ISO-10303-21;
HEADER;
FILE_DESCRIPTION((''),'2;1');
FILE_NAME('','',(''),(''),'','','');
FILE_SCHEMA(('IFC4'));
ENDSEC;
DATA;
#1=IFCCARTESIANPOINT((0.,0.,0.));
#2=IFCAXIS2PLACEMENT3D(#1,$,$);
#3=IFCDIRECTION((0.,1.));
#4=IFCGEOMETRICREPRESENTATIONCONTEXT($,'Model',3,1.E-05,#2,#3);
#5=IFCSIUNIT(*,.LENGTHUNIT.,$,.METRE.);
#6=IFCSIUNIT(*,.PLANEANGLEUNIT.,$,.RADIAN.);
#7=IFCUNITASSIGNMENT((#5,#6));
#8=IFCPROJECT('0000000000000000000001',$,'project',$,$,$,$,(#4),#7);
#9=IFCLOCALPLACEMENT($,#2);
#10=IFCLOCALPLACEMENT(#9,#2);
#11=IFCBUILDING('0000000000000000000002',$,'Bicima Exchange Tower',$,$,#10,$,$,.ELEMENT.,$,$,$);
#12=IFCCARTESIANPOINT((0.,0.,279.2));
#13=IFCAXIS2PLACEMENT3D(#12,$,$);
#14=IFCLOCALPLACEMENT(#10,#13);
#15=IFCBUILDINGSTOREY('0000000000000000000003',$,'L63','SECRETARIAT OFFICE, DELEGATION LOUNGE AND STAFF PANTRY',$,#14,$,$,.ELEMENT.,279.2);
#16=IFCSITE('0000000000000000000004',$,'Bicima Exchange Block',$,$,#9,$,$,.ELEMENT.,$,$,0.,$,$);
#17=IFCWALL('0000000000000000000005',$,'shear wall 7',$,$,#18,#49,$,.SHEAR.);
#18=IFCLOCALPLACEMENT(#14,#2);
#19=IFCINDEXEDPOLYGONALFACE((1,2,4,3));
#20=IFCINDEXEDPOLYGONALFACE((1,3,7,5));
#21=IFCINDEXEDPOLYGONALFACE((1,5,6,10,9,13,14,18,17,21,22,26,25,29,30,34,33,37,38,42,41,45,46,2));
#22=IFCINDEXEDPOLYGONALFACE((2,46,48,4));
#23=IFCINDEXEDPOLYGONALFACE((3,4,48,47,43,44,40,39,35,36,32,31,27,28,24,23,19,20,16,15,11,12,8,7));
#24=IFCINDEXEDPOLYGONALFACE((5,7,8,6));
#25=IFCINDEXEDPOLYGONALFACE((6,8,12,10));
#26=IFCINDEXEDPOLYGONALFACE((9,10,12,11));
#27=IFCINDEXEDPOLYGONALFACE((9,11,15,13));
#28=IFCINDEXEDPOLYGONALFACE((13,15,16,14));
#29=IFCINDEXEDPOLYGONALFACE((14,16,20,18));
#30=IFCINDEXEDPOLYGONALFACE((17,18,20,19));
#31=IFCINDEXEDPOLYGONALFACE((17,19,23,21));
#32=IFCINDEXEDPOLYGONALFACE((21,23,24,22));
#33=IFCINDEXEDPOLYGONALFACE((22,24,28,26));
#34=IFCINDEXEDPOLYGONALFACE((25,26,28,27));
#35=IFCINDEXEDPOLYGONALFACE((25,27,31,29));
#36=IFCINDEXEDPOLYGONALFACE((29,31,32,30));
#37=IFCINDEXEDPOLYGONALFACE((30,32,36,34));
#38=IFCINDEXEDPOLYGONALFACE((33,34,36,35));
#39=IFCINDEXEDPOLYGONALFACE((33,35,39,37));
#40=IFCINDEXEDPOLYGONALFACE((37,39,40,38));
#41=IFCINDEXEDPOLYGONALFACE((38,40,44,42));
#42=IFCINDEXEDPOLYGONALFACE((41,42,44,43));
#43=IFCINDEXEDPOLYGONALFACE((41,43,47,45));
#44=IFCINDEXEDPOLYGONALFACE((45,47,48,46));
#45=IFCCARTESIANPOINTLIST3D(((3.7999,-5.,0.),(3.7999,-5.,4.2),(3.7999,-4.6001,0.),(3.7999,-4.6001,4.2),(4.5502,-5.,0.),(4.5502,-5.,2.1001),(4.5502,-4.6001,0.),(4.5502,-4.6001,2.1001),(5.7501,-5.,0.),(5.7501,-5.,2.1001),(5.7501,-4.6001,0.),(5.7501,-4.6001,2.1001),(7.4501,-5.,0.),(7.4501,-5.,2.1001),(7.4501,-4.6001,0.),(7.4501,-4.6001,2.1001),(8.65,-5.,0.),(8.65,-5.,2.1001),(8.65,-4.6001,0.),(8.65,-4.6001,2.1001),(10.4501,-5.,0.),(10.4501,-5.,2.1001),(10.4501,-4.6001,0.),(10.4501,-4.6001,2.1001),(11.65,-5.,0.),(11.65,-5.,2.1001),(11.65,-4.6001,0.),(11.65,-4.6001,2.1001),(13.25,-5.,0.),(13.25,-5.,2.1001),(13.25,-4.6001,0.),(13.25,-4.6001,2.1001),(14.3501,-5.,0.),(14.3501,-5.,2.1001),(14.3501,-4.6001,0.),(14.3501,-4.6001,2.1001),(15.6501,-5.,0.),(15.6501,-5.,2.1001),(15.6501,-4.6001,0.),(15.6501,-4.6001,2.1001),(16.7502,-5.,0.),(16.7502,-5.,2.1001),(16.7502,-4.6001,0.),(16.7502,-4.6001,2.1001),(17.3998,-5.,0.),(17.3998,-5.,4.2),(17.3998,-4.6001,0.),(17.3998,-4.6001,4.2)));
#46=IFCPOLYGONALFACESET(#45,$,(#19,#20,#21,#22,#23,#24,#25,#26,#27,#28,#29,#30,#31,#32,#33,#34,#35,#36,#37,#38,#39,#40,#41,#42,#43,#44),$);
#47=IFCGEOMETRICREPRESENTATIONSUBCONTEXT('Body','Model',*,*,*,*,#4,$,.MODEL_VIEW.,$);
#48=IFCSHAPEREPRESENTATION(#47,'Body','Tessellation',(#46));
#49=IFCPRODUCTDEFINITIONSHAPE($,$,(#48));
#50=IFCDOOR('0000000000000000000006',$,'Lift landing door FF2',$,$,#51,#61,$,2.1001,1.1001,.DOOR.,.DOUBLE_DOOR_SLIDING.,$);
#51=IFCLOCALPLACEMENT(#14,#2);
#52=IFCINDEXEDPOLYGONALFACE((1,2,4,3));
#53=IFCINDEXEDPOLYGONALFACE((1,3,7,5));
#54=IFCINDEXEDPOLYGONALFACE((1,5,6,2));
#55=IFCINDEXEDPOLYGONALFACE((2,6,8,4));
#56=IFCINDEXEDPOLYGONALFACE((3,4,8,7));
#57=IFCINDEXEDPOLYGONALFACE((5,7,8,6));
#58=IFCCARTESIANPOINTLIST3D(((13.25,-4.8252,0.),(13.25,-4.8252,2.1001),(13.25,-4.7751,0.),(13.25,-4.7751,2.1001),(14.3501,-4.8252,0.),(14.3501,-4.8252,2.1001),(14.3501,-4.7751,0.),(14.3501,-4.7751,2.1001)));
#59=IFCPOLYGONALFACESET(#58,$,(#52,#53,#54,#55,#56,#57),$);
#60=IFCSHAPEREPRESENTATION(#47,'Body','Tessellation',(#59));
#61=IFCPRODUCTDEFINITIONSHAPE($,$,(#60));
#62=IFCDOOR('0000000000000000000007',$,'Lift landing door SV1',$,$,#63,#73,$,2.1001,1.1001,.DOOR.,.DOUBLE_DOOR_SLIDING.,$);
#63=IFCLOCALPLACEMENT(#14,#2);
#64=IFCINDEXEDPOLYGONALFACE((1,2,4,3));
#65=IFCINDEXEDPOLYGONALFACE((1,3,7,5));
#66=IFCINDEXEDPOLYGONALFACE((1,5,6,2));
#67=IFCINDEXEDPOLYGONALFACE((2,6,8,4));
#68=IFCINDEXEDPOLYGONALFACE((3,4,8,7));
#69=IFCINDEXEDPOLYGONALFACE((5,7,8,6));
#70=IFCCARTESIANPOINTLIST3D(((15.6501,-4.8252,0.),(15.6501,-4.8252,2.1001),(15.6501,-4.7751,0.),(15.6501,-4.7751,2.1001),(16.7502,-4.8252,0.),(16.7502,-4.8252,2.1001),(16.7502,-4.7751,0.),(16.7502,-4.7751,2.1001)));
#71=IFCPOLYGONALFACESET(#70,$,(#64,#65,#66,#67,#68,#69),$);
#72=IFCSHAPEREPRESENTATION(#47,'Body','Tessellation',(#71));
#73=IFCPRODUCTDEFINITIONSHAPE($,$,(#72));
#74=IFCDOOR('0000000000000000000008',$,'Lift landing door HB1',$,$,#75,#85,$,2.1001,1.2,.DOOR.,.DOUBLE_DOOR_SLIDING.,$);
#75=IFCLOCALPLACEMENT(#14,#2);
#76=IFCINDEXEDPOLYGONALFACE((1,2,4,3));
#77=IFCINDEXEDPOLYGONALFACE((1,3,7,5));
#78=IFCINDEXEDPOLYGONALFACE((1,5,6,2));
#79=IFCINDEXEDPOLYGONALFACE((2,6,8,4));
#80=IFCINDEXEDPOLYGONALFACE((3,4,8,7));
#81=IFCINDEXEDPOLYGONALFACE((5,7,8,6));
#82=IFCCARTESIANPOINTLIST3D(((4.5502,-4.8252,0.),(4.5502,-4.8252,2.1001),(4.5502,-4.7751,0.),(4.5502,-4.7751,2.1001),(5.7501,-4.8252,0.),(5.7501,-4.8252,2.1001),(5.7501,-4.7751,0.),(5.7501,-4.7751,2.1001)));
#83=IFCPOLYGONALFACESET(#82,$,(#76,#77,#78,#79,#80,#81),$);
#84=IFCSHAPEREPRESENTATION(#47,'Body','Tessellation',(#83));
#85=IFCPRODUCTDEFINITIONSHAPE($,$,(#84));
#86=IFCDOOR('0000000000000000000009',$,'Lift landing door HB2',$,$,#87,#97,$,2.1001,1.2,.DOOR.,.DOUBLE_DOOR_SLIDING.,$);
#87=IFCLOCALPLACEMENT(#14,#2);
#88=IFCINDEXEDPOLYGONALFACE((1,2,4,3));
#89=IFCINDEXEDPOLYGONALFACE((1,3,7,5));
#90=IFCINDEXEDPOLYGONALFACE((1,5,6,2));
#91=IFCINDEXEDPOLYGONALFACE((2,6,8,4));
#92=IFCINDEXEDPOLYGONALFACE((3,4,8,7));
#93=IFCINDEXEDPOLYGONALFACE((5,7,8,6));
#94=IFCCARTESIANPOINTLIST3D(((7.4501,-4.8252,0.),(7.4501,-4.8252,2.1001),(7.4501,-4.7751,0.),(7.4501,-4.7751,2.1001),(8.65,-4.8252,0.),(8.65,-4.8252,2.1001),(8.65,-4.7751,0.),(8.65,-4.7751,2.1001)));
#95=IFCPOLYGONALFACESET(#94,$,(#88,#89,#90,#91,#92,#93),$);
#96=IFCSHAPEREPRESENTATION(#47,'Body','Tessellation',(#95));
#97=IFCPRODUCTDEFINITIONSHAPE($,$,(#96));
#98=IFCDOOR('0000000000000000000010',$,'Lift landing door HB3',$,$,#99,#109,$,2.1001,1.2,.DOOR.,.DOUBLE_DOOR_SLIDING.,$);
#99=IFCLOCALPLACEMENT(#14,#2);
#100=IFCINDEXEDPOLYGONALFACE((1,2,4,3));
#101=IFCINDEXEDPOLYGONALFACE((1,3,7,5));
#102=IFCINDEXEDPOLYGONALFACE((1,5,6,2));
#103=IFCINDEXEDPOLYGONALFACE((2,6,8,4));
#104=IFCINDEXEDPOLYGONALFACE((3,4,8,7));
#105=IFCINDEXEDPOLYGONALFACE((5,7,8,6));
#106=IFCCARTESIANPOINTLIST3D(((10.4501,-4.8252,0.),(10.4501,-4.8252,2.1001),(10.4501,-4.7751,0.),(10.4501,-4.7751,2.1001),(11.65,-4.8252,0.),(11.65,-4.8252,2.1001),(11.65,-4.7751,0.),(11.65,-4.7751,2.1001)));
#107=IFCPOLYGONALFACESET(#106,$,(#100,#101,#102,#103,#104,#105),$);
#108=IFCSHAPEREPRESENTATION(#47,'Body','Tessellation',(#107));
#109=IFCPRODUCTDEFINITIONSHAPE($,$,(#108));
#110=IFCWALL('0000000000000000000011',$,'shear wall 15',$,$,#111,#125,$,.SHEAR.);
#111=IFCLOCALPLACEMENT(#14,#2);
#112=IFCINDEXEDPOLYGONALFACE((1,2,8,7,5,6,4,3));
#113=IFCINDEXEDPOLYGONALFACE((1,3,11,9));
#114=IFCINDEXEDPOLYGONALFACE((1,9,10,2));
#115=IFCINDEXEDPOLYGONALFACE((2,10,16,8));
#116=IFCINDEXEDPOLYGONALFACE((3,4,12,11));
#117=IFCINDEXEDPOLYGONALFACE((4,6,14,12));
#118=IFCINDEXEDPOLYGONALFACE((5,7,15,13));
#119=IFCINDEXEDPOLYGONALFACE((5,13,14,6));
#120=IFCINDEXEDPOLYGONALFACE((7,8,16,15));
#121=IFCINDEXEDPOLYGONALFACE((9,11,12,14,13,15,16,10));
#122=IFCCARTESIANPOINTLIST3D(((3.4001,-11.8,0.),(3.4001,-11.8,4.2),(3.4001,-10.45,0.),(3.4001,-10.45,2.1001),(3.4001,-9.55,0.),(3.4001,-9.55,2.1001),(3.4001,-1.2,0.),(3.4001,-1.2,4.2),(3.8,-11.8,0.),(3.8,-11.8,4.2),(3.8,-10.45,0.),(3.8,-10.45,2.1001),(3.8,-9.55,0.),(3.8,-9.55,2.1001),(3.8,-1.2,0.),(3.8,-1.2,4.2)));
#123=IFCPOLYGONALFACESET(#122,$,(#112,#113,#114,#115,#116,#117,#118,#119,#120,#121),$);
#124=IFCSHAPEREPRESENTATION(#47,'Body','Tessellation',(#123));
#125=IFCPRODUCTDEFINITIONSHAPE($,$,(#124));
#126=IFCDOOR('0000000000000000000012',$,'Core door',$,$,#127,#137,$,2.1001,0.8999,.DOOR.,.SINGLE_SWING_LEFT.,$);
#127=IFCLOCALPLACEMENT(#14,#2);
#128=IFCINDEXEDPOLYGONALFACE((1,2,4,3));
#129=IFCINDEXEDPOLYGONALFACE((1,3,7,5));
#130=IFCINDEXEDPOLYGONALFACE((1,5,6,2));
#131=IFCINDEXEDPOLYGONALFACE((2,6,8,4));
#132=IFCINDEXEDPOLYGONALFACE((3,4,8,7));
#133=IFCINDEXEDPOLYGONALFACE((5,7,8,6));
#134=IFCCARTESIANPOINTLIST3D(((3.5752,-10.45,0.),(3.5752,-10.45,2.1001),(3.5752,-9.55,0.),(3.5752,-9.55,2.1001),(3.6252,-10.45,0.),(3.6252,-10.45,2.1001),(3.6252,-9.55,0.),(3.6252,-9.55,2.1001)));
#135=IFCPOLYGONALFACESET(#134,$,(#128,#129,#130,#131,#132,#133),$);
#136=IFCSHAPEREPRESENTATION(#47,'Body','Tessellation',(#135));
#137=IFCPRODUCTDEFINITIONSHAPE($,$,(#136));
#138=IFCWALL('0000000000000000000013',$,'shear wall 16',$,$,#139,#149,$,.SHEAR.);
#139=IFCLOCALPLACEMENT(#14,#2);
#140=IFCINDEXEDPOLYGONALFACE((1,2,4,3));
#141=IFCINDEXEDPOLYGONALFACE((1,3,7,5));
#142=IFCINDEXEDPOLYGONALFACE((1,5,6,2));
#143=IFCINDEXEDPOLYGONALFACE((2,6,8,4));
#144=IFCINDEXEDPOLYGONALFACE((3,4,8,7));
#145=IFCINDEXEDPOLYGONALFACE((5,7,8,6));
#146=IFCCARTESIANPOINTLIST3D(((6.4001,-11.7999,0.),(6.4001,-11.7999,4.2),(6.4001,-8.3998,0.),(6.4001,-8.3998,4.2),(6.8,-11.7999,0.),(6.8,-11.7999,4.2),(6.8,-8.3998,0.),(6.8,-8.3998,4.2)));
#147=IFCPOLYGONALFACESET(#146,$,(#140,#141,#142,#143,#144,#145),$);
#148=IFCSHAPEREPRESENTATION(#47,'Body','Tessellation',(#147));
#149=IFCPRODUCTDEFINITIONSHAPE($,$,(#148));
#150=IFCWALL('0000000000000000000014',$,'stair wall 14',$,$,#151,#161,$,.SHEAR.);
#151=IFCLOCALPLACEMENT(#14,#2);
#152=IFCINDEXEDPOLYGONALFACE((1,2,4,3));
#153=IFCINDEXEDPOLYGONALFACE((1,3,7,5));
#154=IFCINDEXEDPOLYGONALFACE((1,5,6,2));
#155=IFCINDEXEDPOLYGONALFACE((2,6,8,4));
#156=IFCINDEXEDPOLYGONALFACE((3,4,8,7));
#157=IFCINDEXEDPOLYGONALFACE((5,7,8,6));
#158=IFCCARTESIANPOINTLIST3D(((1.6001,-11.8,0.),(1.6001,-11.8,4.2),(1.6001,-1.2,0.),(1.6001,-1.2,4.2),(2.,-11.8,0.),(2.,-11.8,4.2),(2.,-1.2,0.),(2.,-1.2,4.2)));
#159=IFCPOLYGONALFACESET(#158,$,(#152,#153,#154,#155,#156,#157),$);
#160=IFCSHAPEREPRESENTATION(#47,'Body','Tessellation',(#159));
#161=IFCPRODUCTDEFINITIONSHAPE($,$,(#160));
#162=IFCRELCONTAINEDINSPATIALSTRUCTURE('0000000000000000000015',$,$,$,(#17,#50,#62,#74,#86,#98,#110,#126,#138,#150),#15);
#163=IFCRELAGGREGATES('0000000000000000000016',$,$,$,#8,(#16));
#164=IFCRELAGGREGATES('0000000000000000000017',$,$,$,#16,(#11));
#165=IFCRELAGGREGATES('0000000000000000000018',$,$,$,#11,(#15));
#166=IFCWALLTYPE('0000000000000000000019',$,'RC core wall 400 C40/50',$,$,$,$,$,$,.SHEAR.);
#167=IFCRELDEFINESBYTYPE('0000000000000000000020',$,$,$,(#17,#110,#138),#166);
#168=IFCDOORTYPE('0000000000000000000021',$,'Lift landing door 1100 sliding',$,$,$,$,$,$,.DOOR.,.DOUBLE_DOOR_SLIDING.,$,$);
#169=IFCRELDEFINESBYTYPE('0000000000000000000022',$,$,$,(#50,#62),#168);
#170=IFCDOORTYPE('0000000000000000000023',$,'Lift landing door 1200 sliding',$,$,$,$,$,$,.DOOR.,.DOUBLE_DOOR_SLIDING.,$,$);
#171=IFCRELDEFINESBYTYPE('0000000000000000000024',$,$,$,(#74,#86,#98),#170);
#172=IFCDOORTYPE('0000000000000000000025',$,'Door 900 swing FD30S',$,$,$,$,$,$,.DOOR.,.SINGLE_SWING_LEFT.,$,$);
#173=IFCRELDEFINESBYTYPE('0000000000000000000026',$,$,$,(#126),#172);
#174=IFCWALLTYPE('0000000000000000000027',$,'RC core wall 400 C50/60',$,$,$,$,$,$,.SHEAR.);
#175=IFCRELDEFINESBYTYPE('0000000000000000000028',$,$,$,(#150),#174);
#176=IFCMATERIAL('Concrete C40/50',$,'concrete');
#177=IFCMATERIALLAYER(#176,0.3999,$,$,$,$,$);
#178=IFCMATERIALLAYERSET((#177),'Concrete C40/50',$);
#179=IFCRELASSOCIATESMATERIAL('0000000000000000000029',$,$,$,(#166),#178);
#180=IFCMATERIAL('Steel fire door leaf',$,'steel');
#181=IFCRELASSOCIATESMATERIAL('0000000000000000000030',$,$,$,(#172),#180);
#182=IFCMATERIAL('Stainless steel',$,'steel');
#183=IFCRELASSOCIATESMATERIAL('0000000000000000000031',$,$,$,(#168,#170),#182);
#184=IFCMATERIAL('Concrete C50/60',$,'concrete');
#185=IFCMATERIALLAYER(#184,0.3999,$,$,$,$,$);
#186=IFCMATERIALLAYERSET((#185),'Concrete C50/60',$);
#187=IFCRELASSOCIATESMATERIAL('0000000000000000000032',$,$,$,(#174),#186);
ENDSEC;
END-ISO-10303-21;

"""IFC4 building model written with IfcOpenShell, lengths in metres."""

from ifc_helpers import new_model, si_unit, direction, frame, frame_2d, origin, place, context, subcontext, project, spatial, rectangle, extrude, material, layer, layer_set, type_object, element, fill, save


model = new_model("IFC4")

# Units and contexts
model_context = context("Model", 3, precision=1e-05, world=origin(), true_north=direction((0.0, 1.0)))
body_context = subcontext(model_context, "Body", "Model", "MODEL_VIEW")
ifc_project = project(units=[si_unit("LENGTHUNIT", "METRE"), si_unit("PLANEANGLEUNIT", "RADIAN")], contexts=[model_context])

# Site, building, storey
site_placement = place(None, origin())
site = spatial("IfcSite", under=ifc_project, at=site_placement, Name="Bicima Exchange Block", CompositionType="ELEMENT", RefElevation=0.0)
building_placement = place(site_placement, origin())
building = spatial("IfcBuilding", under=site, at=building_placement, Name="Bicima Exchange Tower", CompositionType="ELEMENT")
storey_placement = place(building_placement, frame((0.0, 0.0, 279.2)))
storey = spatial("IfcBuildingStorey", under=building, at=storey_placement, Name="L63", Description="SECRETARIAT OFFICE, DELEGATION LOUNGE AND STAFF PANTRY", CompositionType="ELEMENT", Elevation=279.2)

# Shared definitions
ifc_material_1 = material(Name="Concrete C50/60", Category="concrete")

# Shared definitions
ifc_material_2 = material(Name="Concrete C40/50", Category="concrete")
ifc_layer_1 = layer(ifc_material_2, 0.3999)
ifc_layer_set_1 = layer_set([ifc_layer_1], Name="Concrete C40/50")
wall_type_1 = type_object("IfcWallType", Name="RC core wall 400 C40/50", PredefinedType="SHEAR", material=ifc_layer_set_1)
ifc_material_3 = material(Name="Steel fire door leaf", Category="steel")
door_type_1 = type_object("IfcDoorType", Name="Door 900 swing FD30S", OperationType="SINGLE_SWING_LEFT", PredefinedType="DOOR", material=ifc_material_3)

# Wall, openings, doors
wall_1_placement = place(storey_placement, frame((3.8, -4.8, 0.0), z_axis=(0.0, 0.0, 1.0), x_axis=(1.0, 0.0, 0.0)))
wall_1 = element("IfcWall", 1, at=wall_1_placement, inside=storey, type_object=wall_type_1, Name="shear wall 7", PredefinedType="SHEAR", context=body_context, shape_type="SweptSolid", body=[
    extrude(rectangle(XDim=13.5999, YDim=0.3999, at=frame_2d((6.7998, 0.0))), origin(), (0.0, 0.0, 1.0), 4.2),
])
opening_1_placement = place(wall_1_placement, frame((0.75, 0.0, 0.0)))
opening_1 = element("IfcOpeningElement", 2, at=opening_1_placement, cuts=wall_1, PredefinedType="OPENING", context=body_context, shape_type="SweptSolid", body=[
    extrude(rectangle(XDim=1.2, YDim=2.1001, at=frame_2d((0.6001, 1.05))), frame((0.0, 0.2119, 0.0), z_axis=(0.0, -1.0, 0.0), x_axis=(1.0, 0.0, 0.0)), (0.0, 0.0, 1.0), 0.4238),
])
opening_2_placement = place(wall_1_placement, frame((3.6499, 0.0, 0.0)))
opening_2 = element("IfcOpeningElement", 3, at=opening_2_placement, cuts=wall_1, PredefinedType="OPENING", context=body_context, shape_type="SweptSolid", body=[
    extrude(rectangle(XDim=1.2, YDim=2.1001, at=frame_2d((0.6001, 1.05))), frame((0.0, 0.2119, 0.0), z_axis=(0.0, -1.0, 0.0), x_axis=(1.0, 0.0, 0.0)), (0.0, 0.0, 1.0), 0.4238),
])
opening_3_placement = place(wall_1_placement, frame((6.6499, 0.0, 0.0)))
opening_3 = element("IfcOpeningElement", 4, at=opening_3_placement, cuts=wall_1, PredefinedType="OPENING", context=body_context, shape_type="SweptSolid", body=[
    extrude(rectangle(XDim=1.2, YDim=2.1001, at=frame_2d((0.6001, 1.05))), frame((0.0, 0.2119, 0.0), z_axis=(0.0, -1.0, 0.0), x_axis=(1.0, 0.0, 0.0)), (0.0, 0.0, 1.0), 0.4238),
])
opening_4_placement = place(wall_1_placement, frame((9.45, 0.0, 0.0)))
opening_4 = element("IfcOpeningElement", 5, at=opening_4_placement, cuts=wall_1, PredefinedType="OPENING", context=body_context, shape_type="SweptSolid", body=[
    extrude(rectangle(XDim=1.1001, YDim=2.1001, at=frame_2d((0.55, 1.05))), frame((0.0, 0.2119, 0.0), z_axis=(0.0, -1.0, 0.0), x_axis=(1.0, 0.0, 0.0)), (0.0, 0.0, 1.0), 0.4238),
])
opening_5_placement = place(wall_1_placement, frame((11.8501, 0.0, 0.0)))
opening_5 = element("IfcOpeningElement", 6, at=opening_5_placement, cuts=wall_1, PredefinedType="OPENING", context=body_context, shape_type="SweptSolid", body=[
    extrude(rectangle(XDim=1.1001, YDim=2.1001, at=frame_2d((0.55, 1.05))), frame((0.0, 0.2119, 0.0), z_axis=(0.0, -1.0, 0.0), x_axis=(1.0, 0.0, 0.0)), (0.0, 0.0, 1.0), 0.4238),
])
ifc_material_4 = material(Name="Stainless steel", Category="steel")
door_type_2 = type_object("IfcDoorType", Name="Lift landing door 1100 sliding", OperationType="DOUBLE_DOOR_SLIDING", PredefinedType="DOOR", material=ifc_material_4)
door_1_placement = place(opening_4_placement, origin())
door_1 = element("IfcDoor", 7, at=door_1_placement, inside=storey, type_object=door_type_2, Name="Lift landing door FF2", OperationType="DOUBLE_DOOR_SLIDING", OverallHeight=2.1001, OverallWidth=1.1001, PredefinedType="DOOR", context=body_context, shape_type="SweptSolid", body=[
    extrude(rectangle(XDim=1.1001, YDim=2.1001, at=frame_2d((0.55, 1.05))), frame((0.0, 0.0249, 0.0), z_axis=(0.0, -1.0, 0.0), x_axis=(1.0, 0.0, 0.0)), (0.0, 0.0, 1.0), 0.05),
])
fill(opening_4, door_1)
door_2_placement = place(opening_5_placement, origin())
door_2 = element("IfcDoor", 8, at=door_2_placement, inside=storey, type_object=door_type_2, Name="Lift landing door SV1", OperationType="DOUBLE_DOOR_SLIDING", OverallHeight=2.1001, OverallWidth=1.1001, PredefinedType="DOOR", context=body_context, shape_type="SweptSolid", body=[
    extrude(rectangle(XDim=1.1001, YDim=2.1001, at=frame_2d((0.55, 1.05))), frame((0.0, 0.0249, 0.0), z_axis=(0.0, -1.0, 0.0), x_axis=(1.0, 0.0, 0.0)), (0.0, 0.0, 1.0), 0.05),
])
fill(opening_5, door_2)
door_type_3 = type_object("IfcDoorType", Name="Lift landing door 1200 sliding", OperationType="DOUBLE_DOOR_SLIDING", PredefinedType="DOOR", material=ifc_material_4)
door_3_placement = place(opening_1_placement, origin())
door_3 = element("IfcDoor", 9, at=door_3_placement, inside=storey, type_object=door_type_3, Name="Lift landing door HB1", OperationType="DOUBLE_DOOR_SLIDING", OverallHeight=2.1001, OverallWidth=1.2, PredefinedType="DOOR", context=body_context, shape_type="SweptSolid", body=[
    extrude(rectangle(XDim=1.2, YDim=2.1001, at=frame_2d((0.6001, 1.05))), frame((0.0, 0.0249, 0.0), z_axis=(0.0, -1.0, 0.0), x_axis=(1.0, 0.0, 0.0)), (0.0, 0.0, 1.0), 0.05),
])
fill(opening_1, door_3)
door_4_placement = place(opening_2_placement, origin())
door_4 = element("IfcDoor", 10, at=door_4_placement, inside=storey, type_object=door_type_3, Name="Lift landing door HB2", OperationType="DOUBLE_DOOR_SLIDING", OverallHeight=2.1001, OverallWidth=1.2, PredefinedType="DOOR", context=body_context, shape_type="SweptSolid", body=[
    extrude(rectangle(XDim=1.2, YDim=2.1001, at=frame_2d((0.6001, 1.05))), frame((0.0, 0.0249, 0.0), z_axis=(0.0, -1.0, 0.0), x_axis=(1.0, 0.0, 0.0)), (0.0, 0.0, 1.0), 0.05),
])
fill(opening_2, door_4)
door_5_placement = place(opening_3_placement, origin())
door_5 = element("IfcDoor", 11, at=door_5_placement, inside=storey, type_object=door_type_3, Name="Lift landing door HB3", OperationType="DOUBLE_DOOR_SLIDING", OverallHeight=2.1001, OverallWidth=1.2, PredefinedType="DOOR", context=body_context, shape_type="SweptSolid", body=[
    extrude(rectangle(XDim=1.2, YDim=2.1001, at=frame_2d((0.6001, 1.05))), frame((0.0, 0.0249, 0.0), z_axis=(0.0, -1.0, 0.0), x_axis=(1.0, 0.0, 0.0)), (0.0, 0.0, 1.0), 0.05),
])
fill(opening_3, door_5)

# Wall, opening, door
wall_2_placement = place(storey_placement, frame((3.6001, -11.8, 0.0), z_axis=(0.0, 0.0, 1.0), x_axis=(0.0, 1.0, 0.0)))
wall_2 = element("IfcWall", 12, at=wall_2_placement, inside=storey, type_object=wall_type_1, Name="shear wall 15", PredefinedType="SHEAR", context=body_context, shape_type="SweptSolid", body=[
    extrude(rectangle(XDim=10.6001, YDim=0.3999, at=frame_2d((5.3, 0.0))), origin(), (0.0, 0.0, 1.0), 4.2),
])
opening_6_placement = place(wall_2_placement, frame((1.3501, 0.0, 0.0)))
opening_6 = element("IfcOpeningElement", 13, at=opening_6_placement, cuts=wall_2, PredefinedType="OPENING", context=body_context, shape_type="SweptSolid", body=[
    extrude(rectangle(XDim=0.8999, YDim=2.1001, at=frame_2d((0.45, 1.05))), frame((0.0, 0.2119, 0.0), z_axis=(0.0, -1.0, 0.0), x_axis=(1.0, 0.0, 0.0)), (0.0, 0.0, 1.0), 0.4238),
])
door_6_placement = place(opening_6_placement, origin())
door_6 = element("IfcDoor", 14, at=door_6_placement, inside=storey, type_object=door_type_1, Name="Core door", OperationType="SINGLE_SWING_LEFT", OverallHeight=2.1001, OverallWidth=0.8999, PredefinedType="DOOR", context=body_context, shape_type="SweptSolid", body=[
    extrude(rectangle(XDim=0.8999, YDim=2.1001, at=frame_2d((0.45, 1.05))), frame((0.0, 0.0249, 0.0), z_axis=(0.0, -1.0, 0.0), x_axis=(1.0, 0.0, 0.0)), (0.0, 0.0, 1.0), 0.05),
])
fill(opening_6, door_6)

# Walls
wall_3_placement = place(storey_placement, frame((6.6001, -11.8, 0.0), z_axis=(0.0, 0.0, 1.0), x_axis=(0.0, 1.0, 0.0)))
element("IfcWall", 15, at=wall_3_placement, inside=storey, type_object=wall_type_1, Name="shear wall 16", PredefinedType="SHEAR", context=body_context, shape_type="SweptSolid", body=[
    extrude(rectangle(XDim=3.4001, YDim=0.3999, at=frame_2d((1.7002, 0.0))), origin(), (0.0, 0.0, 1.0), 4.2),
])
ifc_layer_2 = layer(ifc_material_1, 0.3999)
ifc_layer_set_2 = layer_set([ifc_layer_2], Name="Concrete C50/60")
wall_type_2 = type_object("IfcWallType", Name="RC core wall 400 C50/60", PredefinedType="SHEAR", material=ifc_layer_set_2)
wall_4_placement = place(storey_placement, frame((1.8, -11.8, 0.0), z_axis=(0.0, 0.0, 1.0), x_axis=(0.0, 1.0, 0.0)))
element("IfcWall", 16, at=wall_4_placement, inside=storey, type_object=wall_type_2, Name="stair wall 14", PredefinedType="SHEAR", context=body_context, shape_type="SweptSolid", body=[
    extrude(rectangle(XDim=10.6001, YDim=0.3999, at=frame_2d((5.3, 0.0))), origin(), (0.0, 0.0, 1.0), 4.2),
])

save(model, "model.ifc")
